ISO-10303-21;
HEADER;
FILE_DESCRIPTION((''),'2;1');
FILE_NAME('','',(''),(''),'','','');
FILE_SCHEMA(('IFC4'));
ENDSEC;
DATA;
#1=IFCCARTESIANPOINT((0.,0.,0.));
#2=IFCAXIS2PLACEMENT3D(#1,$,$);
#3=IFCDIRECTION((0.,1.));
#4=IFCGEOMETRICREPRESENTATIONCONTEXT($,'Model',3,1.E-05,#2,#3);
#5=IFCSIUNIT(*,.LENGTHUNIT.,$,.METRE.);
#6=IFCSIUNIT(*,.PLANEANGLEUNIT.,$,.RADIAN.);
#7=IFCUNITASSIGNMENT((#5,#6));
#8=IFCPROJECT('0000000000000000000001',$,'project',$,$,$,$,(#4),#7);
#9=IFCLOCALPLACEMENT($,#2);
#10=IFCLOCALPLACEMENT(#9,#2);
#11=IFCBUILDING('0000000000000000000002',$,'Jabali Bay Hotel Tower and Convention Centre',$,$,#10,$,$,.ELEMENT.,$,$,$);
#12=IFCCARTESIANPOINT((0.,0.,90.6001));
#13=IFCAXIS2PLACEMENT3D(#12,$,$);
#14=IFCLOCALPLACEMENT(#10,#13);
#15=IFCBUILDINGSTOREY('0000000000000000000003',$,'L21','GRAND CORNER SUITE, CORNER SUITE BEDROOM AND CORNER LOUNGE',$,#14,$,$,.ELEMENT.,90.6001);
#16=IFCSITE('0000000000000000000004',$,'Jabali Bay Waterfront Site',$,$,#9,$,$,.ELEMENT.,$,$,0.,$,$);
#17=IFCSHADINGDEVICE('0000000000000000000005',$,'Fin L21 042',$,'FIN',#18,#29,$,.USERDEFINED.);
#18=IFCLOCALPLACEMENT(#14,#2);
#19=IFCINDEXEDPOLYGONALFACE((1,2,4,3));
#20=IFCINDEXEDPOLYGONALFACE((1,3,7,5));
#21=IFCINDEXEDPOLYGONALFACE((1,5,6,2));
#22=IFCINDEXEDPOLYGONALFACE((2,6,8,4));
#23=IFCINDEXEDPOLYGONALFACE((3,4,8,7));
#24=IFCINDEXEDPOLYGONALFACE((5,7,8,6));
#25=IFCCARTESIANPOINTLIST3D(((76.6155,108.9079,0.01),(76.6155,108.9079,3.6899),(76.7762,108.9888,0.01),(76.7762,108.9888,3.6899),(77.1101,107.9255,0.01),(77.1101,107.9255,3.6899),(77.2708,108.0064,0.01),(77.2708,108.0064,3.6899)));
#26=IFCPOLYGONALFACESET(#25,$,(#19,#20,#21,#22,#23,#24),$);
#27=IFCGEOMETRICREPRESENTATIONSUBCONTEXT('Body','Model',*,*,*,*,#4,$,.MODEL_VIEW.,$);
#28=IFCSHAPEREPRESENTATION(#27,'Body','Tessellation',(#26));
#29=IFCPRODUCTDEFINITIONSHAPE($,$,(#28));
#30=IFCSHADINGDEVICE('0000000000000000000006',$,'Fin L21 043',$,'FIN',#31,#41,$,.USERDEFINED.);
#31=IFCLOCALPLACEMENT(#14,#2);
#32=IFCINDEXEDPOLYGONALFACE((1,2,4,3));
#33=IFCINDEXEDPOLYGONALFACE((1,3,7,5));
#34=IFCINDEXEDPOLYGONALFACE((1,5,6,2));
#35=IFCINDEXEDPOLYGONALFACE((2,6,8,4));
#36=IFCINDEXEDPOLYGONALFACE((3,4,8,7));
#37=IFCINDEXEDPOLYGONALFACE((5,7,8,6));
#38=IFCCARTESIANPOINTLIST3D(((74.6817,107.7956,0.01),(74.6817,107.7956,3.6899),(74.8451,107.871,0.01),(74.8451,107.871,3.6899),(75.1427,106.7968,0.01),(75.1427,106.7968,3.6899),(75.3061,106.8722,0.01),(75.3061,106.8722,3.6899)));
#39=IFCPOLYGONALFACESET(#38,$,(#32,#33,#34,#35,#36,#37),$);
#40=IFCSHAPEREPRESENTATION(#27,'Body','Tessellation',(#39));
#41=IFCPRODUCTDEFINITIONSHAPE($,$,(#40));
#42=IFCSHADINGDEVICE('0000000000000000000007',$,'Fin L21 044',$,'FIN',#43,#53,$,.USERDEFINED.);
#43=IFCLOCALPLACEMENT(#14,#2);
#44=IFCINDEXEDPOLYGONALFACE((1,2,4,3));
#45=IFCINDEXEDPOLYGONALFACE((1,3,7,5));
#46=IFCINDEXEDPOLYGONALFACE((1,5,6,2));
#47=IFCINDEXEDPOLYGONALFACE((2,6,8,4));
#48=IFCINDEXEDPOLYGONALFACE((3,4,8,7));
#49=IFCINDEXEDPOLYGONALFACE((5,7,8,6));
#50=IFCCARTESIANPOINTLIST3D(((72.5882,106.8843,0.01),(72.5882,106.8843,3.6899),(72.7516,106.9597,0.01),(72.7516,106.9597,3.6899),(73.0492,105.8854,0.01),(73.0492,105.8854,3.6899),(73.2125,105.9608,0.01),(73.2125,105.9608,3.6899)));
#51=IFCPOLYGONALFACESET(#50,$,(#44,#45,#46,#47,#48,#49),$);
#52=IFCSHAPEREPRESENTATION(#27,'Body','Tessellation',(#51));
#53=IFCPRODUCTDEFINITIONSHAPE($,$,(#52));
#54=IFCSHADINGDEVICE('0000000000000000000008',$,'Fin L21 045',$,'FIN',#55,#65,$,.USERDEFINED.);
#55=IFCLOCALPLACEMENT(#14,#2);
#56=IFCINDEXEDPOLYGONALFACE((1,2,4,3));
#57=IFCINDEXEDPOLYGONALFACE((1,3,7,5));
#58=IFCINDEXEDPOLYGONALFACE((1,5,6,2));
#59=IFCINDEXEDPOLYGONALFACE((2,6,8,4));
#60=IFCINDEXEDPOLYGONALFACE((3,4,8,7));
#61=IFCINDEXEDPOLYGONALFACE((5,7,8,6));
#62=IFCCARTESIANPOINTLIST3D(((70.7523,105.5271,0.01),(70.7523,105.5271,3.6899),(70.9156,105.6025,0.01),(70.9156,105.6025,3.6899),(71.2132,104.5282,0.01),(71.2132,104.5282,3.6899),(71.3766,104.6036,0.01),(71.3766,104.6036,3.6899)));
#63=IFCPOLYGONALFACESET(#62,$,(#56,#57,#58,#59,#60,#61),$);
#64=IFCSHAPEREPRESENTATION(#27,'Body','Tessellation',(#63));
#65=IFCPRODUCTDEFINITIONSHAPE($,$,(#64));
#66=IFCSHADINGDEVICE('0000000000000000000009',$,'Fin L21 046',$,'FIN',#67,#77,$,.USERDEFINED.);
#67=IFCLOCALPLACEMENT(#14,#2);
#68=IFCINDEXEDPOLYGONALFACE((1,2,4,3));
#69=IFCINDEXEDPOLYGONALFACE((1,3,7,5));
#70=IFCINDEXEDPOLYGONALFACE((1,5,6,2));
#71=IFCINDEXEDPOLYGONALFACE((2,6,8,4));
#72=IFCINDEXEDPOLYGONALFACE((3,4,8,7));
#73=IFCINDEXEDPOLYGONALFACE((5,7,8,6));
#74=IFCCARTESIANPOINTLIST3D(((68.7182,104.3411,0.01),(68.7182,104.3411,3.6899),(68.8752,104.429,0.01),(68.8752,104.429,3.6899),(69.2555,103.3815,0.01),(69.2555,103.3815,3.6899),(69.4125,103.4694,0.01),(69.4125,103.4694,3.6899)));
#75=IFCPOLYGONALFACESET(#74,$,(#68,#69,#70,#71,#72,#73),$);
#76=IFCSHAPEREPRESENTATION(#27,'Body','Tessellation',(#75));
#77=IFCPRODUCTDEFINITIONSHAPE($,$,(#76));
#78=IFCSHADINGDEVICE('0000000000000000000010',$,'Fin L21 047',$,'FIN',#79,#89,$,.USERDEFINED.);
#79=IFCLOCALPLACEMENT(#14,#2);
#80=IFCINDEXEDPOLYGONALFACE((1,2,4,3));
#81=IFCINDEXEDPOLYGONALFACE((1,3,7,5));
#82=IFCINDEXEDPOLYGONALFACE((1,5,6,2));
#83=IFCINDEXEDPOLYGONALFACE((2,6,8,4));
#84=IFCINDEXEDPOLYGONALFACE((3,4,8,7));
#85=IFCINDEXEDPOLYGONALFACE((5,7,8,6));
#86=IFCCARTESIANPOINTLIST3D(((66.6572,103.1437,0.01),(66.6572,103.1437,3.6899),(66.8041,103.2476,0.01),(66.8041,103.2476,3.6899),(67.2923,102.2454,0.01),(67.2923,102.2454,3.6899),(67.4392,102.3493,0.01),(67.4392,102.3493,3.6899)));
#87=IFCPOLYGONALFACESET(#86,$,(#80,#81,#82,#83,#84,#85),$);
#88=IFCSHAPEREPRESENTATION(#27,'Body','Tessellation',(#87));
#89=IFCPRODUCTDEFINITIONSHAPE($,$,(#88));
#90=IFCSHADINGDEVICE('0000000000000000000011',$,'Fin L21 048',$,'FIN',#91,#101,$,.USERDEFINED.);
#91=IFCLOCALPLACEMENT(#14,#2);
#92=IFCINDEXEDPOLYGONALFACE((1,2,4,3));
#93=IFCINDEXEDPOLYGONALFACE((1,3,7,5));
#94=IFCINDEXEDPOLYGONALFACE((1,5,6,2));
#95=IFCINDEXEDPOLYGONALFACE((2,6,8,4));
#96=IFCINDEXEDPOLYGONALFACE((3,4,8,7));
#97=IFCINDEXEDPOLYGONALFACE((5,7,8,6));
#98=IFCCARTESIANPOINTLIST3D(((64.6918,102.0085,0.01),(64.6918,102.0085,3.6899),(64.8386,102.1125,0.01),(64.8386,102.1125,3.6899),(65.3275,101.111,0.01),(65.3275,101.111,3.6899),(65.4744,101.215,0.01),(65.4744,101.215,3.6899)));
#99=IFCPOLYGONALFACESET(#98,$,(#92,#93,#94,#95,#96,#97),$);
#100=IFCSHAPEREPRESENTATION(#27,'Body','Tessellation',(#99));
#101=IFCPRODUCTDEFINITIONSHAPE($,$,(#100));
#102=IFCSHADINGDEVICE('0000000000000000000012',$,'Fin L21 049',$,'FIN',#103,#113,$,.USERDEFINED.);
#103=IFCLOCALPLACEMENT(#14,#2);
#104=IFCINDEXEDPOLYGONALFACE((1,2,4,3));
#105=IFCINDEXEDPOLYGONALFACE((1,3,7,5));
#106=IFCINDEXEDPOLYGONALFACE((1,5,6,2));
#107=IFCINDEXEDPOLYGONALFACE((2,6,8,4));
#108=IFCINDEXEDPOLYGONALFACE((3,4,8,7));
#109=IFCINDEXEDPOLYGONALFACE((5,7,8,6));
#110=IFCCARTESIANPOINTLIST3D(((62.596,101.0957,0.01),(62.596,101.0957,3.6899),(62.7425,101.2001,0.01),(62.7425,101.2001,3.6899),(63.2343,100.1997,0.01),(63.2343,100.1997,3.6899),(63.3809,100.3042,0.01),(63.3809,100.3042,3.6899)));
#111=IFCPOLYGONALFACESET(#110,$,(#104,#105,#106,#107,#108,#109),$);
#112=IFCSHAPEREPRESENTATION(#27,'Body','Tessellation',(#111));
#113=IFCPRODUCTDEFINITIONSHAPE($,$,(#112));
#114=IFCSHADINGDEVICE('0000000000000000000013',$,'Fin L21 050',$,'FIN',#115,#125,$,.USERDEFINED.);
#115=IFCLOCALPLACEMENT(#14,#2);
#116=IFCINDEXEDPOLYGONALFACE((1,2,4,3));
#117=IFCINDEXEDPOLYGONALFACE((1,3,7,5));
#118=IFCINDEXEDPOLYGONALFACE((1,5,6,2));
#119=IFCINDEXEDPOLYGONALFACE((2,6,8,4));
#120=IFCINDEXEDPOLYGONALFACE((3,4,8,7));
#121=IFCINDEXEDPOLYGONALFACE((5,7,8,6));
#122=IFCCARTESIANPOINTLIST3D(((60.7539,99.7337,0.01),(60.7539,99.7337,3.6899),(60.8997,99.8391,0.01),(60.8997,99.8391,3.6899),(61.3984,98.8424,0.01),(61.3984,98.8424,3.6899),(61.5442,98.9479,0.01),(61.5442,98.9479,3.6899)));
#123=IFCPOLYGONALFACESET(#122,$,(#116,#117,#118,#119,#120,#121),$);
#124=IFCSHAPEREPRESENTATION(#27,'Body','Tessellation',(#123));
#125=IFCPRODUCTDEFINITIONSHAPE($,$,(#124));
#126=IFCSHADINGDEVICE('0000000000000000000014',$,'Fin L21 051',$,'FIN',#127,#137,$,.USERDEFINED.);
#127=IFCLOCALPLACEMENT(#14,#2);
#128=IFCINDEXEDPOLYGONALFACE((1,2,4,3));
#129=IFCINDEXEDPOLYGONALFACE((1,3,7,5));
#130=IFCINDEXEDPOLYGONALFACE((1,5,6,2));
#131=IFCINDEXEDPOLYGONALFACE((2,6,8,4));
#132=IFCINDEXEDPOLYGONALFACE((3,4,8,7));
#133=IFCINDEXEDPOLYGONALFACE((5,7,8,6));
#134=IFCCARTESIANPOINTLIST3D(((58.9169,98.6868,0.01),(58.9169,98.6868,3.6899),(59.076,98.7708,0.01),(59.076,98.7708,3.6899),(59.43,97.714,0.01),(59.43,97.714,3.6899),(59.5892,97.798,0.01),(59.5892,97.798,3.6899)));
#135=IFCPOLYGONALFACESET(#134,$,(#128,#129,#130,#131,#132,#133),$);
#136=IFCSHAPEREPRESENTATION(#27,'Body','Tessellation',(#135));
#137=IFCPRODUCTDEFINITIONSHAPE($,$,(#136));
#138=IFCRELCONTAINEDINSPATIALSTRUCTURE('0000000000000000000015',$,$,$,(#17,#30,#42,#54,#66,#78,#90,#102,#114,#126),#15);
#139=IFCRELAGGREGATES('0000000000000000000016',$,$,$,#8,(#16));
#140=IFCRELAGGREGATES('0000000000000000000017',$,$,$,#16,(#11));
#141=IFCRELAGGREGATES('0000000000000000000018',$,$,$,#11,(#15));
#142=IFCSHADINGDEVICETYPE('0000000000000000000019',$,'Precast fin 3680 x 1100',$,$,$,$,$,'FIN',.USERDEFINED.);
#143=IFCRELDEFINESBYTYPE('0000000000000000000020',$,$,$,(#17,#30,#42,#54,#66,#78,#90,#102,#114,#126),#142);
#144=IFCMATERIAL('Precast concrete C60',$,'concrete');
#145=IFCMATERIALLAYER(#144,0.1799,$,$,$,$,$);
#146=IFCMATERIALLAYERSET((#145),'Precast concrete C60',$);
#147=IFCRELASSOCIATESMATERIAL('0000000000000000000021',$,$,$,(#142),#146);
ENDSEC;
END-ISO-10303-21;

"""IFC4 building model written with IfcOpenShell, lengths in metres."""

from ifc_helpers import new_model, si_unit, direction, frame, frame_2d, origin, place, context, subcontext, project, spatial, rectangle, extrude, material, layer, layer_set, type_object, element, save


model = new_model("IFC4")

# Units and contexts
model_context = context("Model", 3, precision=1e-05, world=origin(), true_north=direction((0.0, 1.0)))
body_context = subcontext(model_context, "Body", "Model", "MODEL_VIEW")
ifc_project = project(units=[si_unit("LENGTHUNIT", "METRE"), si_unit("PLANEANGLEUNIT", "RADIAN")], contexts=[model_context])

# Site, building, storey
site_placement = place(None, origin())
site = spatial("IfcSite", under=ifc_project, at=site_placement, Name="Jabali Bay Waterfront Site", CompositionType="ELEMENT", RefElevation=0.0)
building_placement = place(site_placement, origin())
building = spatial("IfcBuilding", under=site, at=building_placement, Name="Jabali Bay Hotel Tower and Convention Centre", CompositionType="ELEMENT")
storey_placement = place(building_placement, frame((0.0, 0.0, 90.6001)))
storey = spatial("IfcBuildingStorey", under=building, at=storey_placement, Name="L21", Description="GRAND CORNER SUITE, CORNER SUITE BEDROOM AND CORNER LOUNGE", CompositionType="ELEMENT", Elevation=90.6001)

# Shading devices
ifc_material_1 = material(Name="Precast concrete C60", Category="concrete")
ifc_layer_1 = layer(ifc_material_1, 0.1799)
ifc_layer_set_1 = layer_set([ifc_layer_1], Name="Precast concrete C60")
shading_device_type = type_object("IfcShadingDeviceType", Name="Precast fin 3680 x 1100", ElementType="FIN", PredefinedType="USERDEFINED", material=ifc_layer_set_1)
shading_device_1_placement = place(storey_placement, frame((77.1904, 107.9661, 0.01), z_axis=(0.0, 0.0, 1.0), x_axis=(-0.449698, 0.893181, 0.0)))
element("IfcShadingDevice", 1, at=shading_device_1_placement, inside=storey, type_object=shading_device_type, Name="Fin L21 042", ObjectType="FIN", PredefinedType="USERDEFINED", context=body_context, shape_type="SweptSolid", body=[
    extrude(rectangle(XDim=1.0999, YDim=0.1799, at=frame_2d((0.5498, 0.0))), origin(), (0.0, 0.0, 1.0), 3.6799),
])
for number, where, z_axis, x_axis, name in (
    (2, (75.2244, 106.8345, 0.01), (0.0, 0.0, 1.0), (-0.41903, 0.907972, 0.0), "Fin L21 043"),
    (3, (73.1309, 105.9231, 0.01), (0.0, 0.0, 1.0), (-0.41903, 0.907972, 0.0), "Fin L21 044"),
    (4, (71.2949, 104.5659, 0.01), (0.0, 0.0, 1.0), (-0.41903, 0.907972, 0.0), "Fin L21 045"),
):
    element("IfcShadingDevice", number, at=place(storey_placement, frame(where, z_axis=z_axis, x_axis=x_axis)), inside=storey, type_object=shading_device_type, Name=name, ObjectType="FIN", PredefinedType="USERDEFINED", context=body_context, shape_type="SweptSolid", body=[
        extrude(rectangle(XDim=1.1001, YDim=0.1799, at=frame_2d((0.55, 0.0))), origin(), (0.0, 0.0, 1.0), 3.6799),
    ])
shading_device_2_placement = place(storey_placement, frame((69.334, 103.4255, 0.01), z_axis=(0.0, 0.0, 1.0), x_axis=(-0.488543, 0.87254, 0.0)))
element("IfcShadingDevice", 5, at=shading_device_2_placement, inside=storey, type_object=shading_device_type, Name="Fin L21 046", ObjectType="FIN", PredefinedType="USERDEFINED", context=body_context, shape_type="SweptSolid", body=[
    extrude(rectangle(XDim=1.0999, YDim=0.1799, at=frame_2d((0.5498, 0.0))), origin(), (0.0, 0.0, 1.0), 3.6799),
])
shading_device_3_placement = place(storey_placement, frame((67.3657, 102.2974, 0.01), z_axis=(0.0, 0.0, 1.0), x_axis=(-0.577284, 0.816543, 0.0)))
element("IfcShadingDevice", 6, at=shading_device_3_placement, inside=storey, type_object=shading_device_type, Name="Fin L21 047", ObjectType="FIN", PredefinedType="USERDEFINED", context=body_context, shape_type="SweptSolid", body=[
    extrude(rectangle(XDim=1.1001, YDim=0.1799, at=frame_2d((0.55, 0.0))), origin(), (0.0, 0.0, 1.0), 3.6799),
])
shading_device_4_placement = place(storey_placement, frame((65.4009, 101.1631, 0.01), z_axis=(0.0, 0.0, 1.0), x_axis=(-0.578042, 0.816007, 0.0)))
element("IfcShadingDevice", 7, at=shading_device_4_placement, inside=storey, type_object=shading_device_type, Name="Fin L21 048", ObjectType="FIN", PredefinedType="USERDEFINED", context=body_context, shape_type="SweptSolid", body=[
    extrude(rectangle(XDim=1.0999, YDim=0.1799, at=frame_2d((0.5498, 0.0))), origin(), (0.0, 0.0, 1.0), 3.6799),
])
shading_device_5_placement = place(storey_placement, frame((63.3076, 100.252, 0.01), z_axis=(0.0, 0.0, 1.0), x_axis=(-0.580293, 0.814408, 0.0)))
element("IfcShadingDevice", 8, at=shading_device_5_placement, inside=storey, type_object=shading_device_type, Name="Fin L21 049", ObjectType="FIN", PredefinedType="USERDEFINED", context=body_context, shape_type="SweptSolid", body=[
    extrude(rectangle(XDim=1.1001, YDim=0.1799, at=frame_2d((0.55, 0.0))), origin(), (0.0, 0.0, 1.0), 3.6799),
])
for number, where, z_axis, x_axis, name in (
    (9, (61.4712, 98.8953, 0.01), (0.0, 0.0, 1.0), (-0.585952, 0.810345, 0.0), "Fin L21 050"),
    (10, (59.5095, 97.7561, 0.01), (0.0, 0.0, 1.0), (-0.466551, 0.884494, 0.0), "Fin L21 051"),
):
    element("IfcShadingDevice", number, at=place(storey_placement, frame(where, z_axis=z_axis, x_axis=x_axis)), inside=storey, type_object=shading_device_type, Name=name, ObjectType="FIN", PredefinedType="USERDEFINED", context=body_context, shape_type="SweptSolid", body=[
        extrude(rectangle(XDim=1.0999, YDim=0.1799, at=frame_2d((0.5498, 0.0))), origin(), (0.0, 0.0, 1.0), 3.6799),
    ])

save(model, "model.ifc")
